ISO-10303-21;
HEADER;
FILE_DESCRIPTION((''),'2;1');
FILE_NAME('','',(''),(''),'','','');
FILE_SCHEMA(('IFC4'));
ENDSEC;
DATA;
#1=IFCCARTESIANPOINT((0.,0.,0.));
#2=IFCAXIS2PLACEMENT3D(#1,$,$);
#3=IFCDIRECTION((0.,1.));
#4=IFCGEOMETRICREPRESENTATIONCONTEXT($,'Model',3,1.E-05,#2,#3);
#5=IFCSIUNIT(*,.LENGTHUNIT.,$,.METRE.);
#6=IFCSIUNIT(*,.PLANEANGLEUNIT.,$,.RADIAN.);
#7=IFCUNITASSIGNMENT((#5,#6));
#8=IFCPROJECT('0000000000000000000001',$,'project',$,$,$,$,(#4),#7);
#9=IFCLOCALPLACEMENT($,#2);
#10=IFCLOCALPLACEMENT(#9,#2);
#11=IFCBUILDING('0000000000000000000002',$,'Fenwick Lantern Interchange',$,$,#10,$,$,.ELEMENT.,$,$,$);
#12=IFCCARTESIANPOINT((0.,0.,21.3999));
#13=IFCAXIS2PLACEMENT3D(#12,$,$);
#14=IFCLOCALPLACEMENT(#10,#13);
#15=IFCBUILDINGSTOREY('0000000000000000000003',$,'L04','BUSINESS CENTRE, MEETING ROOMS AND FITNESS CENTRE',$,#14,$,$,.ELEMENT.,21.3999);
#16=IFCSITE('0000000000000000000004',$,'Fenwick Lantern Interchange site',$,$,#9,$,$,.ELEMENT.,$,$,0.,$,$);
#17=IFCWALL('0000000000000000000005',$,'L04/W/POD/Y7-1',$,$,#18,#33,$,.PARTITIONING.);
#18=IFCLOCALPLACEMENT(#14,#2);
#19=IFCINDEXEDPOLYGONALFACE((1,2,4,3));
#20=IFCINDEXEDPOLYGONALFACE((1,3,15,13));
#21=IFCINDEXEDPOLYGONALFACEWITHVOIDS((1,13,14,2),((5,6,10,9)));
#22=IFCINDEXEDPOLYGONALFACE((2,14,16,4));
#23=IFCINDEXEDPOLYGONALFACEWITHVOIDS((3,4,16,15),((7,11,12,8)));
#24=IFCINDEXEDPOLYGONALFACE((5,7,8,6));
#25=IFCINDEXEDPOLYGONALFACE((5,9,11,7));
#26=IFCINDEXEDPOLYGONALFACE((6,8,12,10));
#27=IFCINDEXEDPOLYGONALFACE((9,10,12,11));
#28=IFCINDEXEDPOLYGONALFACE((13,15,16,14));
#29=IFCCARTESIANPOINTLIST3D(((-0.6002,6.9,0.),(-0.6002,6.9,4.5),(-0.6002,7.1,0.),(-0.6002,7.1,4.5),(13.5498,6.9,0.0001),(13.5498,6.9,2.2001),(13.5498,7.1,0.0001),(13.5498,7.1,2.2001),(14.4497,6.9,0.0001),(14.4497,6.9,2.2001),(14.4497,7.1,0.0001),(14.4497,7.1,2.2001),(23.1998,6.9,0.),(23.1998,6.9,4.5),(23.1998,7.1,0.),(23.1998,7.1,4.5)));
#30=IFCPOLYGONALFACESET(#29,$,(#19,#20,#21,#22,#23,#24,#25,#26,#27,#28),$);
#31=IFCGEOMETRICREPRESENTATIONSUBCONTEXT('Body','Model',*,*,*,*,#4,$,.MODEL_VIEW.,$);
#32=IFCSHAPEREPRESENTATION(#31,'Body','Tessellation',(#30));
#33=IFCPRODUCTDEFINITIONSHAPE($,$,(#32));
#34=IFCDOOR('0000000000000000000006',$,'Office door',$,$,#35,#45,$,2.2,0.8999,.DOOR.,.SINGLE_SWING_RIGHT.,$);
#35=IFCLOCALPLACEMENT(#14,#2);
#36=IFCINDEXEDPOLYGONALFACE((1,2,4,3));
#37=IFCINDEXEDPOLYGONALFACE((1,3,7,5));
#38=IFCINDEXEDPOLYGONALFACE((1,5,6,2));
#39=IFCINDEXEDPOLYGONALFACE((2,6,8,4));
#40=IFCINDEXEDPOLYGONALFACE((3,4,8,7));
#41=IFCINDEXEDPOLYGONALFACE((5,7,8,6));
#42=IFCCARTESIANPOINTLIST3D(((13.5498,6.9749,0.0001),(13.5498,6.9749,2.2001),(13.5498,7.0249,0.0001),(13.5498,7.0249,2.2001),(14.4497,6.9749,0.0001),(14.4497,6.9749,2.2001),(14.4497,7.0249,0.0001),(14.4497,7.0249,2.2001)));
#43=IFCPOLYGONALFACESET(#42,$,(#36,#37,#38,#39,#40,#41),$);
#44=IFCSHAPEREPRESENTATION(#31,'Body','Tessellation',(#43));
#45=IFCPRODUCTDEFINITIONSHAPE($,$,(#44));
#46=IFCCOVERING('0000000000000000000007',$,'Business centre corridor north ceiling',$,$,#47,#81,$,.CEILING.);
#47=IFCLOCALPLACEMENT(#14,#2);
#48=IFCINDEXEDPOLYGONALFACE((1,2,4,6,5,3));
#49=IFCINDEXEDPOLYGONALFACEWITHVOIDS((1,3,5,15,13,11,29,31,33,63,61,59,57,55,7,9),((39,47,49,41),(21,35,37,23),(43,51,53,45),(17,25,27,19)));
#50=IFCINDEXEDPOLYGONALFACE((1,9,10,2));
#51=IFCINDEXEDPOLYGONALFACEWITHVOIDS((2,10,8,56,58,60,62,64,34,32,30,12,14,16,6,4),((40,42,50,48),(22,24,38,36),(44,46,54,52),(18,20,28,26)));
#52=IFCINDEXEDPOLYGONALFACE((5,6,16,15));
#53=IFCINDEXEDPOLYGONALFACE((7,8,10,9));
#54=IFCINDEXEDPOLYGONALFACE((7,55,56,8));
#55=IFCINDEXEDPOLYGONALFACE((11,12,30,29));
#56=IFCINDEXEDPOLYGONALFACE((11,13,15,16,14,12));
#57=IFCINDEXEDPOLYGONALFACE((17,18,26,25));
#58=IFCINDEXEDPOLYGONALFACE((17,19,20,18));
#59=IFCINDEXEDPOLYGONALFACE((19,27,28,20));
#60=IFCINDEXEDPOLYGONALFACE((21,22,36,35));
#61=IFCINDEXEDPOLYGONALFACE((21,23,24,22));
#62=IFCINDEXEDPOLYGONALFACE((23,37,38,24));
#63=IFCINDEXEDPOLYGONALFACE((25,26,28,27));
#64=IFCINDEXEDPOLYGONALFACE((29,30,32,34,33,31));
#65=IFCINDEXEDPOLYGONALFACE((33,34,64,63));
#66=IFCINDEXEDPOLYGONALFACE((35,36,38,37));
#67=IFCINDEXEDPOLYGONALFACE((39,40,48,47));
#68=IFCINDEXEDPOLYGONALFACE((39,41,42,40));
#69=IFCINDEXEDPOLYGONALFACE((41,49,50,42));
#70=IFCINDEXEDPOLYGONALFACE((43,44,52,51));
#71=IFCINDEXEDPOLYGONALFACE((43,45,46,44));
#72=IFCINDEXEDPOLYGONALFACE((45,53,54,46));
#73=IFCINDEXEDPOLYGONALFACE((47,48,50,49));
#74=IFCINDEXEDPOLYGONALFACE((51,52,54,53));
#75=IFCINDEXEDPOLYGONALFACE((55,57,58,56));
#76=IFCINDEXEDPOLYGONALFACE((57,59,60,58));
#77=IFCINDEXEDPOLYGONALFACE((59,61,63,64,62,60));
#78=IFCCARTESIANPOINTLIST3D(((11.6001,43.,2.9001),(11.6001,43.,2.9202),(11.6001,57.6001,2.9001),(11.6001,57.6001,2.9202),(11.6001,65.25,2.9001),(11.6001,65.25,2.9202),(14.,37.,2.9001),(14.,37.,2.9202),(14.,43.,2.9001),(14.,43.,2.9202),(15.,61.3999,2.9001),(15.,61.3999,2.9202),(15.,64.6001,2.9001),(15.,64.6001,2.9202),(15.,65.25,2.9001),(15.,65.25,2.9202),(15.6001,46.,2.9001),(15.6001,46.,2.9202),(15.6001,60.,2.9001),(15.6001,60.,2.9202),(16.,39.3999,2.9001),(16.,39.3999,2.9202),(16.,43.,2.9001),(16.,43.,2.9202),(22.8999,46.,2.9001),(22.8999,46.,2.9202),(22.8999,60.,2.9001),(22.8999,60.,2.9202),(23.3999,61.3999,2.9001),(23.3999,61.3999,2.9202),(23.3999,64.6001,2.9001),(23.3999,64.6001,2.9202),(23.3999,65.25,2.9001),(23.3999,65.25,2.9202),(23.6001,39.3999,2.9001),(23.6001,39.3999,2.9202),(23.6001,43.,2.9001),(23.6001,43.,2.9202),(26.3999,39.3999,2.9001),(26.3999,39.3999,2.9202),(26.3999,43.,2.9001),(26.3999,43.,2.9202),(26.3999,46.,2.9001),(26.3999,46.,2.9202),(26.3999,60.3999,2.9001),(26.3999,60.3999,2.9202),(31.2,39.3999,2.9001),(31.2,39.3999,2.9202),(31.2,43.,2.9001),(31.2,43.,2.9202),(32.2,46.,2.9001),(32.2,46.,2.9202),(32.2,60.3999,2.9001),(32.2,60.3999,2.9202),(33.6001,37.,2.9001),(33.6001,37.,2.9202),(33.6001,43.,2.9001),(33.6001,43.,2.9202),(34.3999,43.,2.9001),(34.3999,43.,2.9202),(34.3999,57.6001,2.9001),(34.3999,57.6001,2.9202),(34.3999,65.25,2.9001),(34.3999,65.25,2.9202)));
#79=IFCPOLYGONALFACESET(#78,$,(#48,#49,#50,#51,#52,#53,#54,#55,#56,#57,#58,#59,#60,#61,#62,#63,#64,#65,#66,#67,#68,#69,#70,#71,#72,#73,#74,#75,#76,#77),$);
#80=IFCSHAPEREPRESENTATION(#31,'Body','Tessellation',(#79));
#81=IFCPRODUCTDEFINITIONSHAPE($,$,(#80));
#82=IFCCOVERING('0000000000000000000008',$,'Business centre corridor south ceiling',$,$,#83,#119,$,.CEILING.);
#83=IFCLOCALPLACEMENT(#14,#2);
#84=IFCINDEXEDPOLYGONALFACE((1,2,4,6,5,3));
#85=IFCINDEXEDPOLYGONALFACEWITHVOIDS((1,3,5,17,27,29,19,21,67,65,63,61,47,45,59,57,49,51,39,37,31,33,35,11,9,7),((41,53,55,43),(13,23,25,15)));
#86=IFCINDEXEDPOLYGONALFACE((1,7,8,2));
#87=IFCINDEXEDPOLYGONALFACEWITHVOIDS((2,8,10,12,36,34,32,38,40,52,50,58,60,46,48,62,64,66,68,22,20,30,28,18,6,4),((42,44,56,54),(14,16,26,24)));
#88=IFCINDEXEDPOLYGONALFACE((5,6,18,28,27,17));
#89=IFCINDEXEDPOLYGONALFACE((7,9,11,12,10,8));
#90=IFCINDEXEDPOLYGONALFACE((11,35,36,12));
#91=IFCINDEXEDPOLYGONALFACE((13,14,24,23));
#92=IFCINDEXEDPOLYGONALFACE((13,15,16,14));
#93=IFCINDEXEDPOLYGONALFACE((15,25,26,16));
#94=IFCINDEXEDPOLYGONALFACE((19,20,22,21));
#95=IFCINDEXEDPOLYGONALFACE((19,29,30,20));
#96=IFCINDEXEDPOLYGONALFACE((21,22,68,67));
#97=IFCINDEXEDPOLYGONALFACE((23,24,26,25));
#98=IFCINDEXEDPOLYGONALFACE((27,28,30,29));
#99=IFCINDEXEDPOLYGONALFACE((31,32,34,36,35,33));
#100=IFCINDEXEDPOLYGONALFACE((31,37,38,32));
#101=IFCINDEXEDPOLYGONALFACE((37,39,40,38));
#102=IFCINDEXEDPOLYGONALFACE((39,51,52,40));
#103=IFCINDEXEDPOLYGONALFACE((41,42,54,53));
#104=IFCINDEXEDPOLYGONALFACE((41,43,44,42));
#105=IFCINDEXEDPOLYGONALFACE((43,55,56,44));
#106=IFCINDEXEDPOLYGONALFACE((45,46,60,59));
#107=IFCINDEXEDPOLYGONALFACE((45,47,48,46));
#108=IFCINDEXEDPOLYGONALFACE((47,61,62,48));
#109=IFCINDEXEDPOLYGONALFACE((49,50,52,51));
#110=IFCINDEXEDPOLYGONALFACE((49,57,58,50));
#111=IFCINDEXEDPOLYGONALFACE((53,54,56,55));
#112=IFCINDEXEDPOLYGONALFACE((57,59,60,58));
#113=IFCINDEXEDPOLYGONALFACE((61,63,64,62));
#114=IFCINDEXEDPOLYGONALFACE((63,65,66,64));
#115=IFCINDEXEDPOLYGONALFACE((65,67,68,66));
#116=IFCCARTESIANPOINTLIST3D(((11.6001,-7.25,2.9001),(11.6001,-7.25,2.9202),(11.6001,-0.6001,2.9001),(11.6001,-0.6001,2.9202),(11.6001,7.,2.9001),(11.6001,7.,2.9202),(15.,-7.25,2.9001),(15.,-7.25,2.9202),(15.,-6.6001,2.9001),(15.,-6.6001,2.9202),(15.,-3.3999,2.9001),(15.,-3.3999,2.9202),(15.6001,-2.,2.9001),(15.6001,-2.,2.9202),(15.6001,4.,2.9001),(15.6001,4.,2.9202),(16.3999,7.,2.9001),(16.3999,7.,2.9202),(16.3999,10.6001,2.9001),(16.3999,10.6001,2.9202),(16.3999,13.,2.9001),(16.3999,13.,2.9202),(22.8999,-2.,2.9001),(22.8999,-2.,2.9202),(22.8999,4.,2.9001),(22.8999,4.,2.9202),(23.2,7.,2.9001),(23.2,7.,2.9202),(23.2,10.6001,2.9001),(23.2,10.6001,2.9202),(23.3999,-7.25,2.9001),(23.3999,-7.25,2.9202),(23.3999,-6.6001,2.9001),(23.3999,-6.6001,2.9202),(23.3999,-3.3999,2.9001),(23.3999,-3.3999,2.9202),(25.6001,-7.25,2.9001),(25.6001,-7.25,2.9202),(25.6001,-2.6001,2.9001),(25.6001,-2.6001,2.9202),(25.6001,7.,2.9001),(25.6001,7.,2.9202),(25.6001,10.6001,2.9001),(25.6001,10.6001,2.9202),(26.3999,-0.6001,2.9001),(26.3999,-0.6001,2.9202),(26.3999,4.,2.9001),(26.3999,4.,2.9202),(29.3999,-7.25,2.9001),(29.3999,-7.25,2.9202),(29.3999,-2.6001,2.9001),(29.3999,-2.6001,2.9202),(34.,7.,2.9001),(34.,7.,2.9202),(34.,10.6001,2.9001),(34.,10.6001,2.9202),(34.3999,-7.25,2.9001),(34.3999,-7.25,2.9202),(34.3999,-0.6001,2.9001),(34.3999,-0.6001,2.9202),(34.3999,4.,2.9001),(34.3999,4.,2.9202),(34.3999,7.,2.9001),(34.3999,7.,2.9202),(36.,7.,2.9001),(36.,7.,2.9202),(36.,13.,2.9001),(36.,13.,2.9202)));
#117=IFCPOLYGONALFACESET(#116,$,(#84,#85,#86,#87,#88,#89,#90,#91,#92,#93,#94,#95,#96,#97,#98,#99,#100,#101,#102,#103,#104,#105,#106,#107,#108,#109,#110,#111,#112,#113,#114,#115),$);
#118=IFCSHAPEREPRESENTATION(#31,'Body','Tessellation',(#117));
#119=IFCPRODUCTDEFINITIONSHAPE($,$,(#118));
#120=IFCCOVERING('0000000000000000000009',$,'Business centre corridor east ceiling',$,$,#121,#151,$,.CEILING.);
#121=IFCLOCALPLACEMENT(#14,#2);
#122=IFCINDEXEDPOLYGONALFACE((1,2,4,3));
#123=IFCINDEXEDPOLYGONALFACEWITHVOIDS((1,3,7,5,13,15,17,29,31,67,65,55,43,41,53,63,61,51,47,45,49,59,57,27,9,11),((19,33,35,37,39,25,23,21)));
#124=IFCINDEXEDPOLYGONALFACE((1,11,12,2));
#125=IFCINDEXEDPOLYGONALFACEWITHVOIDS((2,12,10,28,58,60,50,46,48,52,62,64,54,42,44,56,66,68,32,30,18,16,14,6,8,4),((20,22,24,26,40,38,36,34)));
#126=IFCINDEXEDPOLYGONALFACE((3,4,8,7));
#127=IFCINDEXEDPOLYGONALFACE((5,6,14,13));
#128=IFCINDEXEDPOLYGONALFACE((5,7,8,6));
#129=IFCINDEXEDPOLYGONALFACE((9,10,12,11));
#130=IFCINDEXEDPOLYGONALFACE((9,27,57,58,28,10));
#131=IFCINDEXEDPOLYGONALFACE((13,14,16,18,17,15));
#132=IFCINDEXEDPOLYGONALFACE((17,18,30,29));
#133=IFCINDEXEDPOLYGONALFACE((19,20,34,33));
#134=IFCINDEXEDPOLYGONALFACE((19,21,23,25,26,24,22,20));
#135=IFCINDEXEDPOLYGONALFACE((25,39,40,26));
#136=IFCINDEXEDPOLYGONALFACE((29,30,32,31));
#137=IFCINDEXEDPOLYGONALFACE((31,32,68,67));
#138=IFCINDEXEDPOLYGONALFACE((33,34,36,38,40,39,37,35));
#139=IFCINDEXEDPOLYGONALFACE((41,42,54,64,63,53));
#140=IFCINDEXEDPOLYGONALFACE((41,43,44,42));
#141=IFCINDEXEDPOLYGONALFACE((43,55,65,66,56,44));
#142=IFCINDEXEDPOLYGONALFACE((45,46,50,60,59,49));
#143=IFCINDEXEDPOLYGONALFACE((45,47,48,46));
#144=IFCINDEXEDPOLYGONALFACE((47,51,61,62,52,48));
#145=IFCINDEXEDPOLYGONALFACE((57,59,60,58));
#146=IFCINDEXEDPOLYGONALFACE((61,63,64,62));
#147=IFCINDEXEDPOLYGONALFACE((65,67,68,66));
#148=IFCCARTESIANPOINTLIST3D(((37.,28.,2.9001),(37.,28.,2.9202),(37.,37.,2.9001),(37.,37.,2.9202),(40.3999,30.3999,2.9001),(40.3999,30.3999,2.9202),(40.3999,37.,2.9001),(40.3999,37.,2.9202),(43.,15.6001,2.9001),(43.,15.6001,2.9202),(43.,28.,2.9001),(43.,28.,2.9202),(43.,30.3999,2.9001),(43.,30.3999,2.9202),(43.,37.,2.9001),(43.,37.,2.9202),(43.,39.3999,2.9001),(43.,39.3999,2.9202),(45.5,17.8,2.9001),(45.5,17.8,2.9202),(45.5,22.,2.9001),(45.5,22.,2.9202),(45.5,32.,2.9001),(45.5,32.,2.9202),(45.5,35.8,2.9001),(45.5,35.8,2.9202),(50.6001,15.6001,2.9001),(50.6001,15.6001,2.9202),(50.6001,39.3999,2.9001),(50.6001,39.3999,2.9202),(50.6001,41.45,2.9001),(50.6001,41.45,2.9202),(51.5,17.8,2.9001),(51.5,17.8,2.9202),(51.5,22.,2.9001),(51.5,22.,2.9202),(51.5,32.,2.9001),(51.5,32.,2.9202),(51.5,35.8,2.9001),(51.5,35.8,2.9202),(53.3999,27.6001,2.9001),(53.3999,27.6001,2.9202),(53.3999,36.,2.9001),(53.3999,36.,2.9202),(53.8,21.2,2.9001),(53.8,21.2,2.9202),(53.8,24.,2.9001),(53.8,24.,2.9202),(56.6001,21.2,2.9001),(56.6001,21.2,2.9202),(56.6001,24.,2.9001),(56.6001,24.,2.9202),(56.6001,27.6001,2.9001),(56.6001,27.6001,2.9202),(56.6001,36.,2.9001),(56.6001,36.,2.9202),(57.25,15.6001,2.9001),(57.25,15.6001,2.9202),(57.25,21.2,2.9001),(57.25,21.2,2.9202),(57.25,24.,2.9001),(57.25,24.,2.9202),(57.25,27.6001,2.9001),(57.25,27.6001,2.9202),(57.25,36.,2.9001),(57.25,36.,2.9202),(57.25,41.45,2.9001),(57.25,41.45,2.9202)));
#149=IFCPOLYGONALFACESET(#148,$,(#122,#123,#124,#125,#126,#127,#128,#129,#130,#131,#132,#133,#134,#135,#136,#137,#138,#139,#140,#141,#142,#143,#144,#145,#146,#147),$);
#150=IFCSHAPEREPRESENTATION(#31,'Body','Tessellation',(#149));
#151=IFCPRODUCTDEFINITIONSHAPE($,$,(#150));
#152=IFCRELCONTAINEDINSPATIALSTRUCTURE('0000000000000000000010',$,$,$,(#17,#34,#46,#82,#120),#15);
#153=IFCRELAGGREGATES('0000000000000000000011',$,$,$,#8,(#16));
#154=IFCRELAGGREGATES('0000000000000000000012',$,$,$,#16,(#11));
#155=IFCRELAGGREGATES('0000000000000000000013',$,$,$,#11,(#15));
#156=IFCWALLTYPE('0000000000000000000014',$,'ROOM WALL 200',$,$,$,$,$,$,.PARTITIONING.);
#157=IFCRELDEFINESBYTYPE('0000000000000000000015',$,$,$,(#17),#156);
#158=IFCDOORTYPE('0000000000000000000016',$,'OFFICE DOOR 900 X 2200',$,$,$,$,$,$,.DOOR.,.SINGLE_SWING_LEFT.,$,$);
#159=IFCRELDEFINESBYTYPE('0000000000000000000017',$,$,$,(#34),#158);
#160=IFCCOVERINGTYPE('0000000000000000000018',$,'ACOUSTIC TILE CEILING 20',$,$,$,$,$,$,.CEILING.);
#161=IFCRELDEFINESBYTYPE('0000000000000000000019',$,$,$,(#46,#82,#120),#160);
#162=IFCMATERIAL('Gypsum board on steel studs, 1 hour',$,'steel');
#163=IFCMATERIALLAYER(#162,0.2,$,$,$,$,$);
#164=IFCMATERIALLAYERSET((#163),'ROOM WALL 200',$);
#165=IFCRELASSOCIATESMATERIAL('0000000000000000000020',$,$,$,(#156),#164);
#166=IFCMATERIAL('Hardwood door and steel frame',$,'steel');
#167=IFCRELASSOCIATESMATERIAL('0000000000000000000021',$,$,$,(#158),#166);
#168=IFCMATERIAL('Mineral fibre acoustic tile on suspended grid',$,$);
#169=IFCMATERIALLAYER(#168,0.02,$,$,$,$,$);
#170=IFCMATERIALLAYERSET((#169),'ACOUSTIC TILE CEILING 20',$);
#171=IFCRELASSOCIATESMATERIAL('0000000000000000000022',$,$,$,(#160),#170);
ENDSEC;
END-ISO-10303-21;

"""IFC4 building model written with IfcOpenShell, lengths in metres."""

from ifc_helpers import new_model, si_unit, direction, frame, frame_2d, origin, place, context, subcontext, project, spatial, polyline, rectangle, outline, extrude, material, layer, layer_set, type_object, element, fill, save


model = new_model("IFC4")

# Units and contexts
model_context = context("Model", 3, precision=1e-05, world=origin(), true_north=direction((0.0, 1.0)))
body_context = subcontext(model_context, "Body", "Model", "MODEL_VIEW")
ifc_project = project(units=[si_unit("LENGTHUNIT", "METRE"), si_unit("PLANEANGLEUNIT", "RADIAN")], contexts=[model_context])

# Site, building, storey
site_placement = place(None, origin())
site = spatial("IfcSite", under=ifc_project, at=site_placement, Name="Fenwick Lantern Interchange site", CompositionType="ELEMENT", RefElevation=0.0)
building_placement = place(site_placement, origin())
building = spatial("IfcBuilding", under=site, at=building_placement, Name="Fenwick Lantern Interchange", CompositionType="ELEMENT")
storey_placement = place(building_placement, frame((0.0, 0.0, 21.3999)))
storey = spatial("IfcBuildingStorey", under=building, at=storey_placement, Name="L04", Description="BUSINESS CENTRE, MEETING ROOMS AND FITNESS CENTRE", CompositionType="ELEMENT", Elevation=21.3999)

# Wall, opening, door
ifc_material_1 = material(Name="Gypsum board on steel studs, 1 hour", Category="steel")
ifc_layer_1 = layer(ifc_material_1, 0.2)
ifc_layer_set_1 = layer_set([ifc_layer_1], Name="ROOM WALL 200")
wall_type_1 = type_object("IfcWallType", Name="ROOM WALL 200", PredefinedType="PARTITIONING", material=ifc_layer_set_1)
wall_1_placement = place(storey_placement, frame((-0.6001, 7.0, 0.0), z_axis=(0.0, 0.0, 1.0), x_axis=(1.0, 0.0, 0.0)))
wall_1 = element("IfcWall", 1, at=wall_1_placement, inside=storey, type_object=wall_type_1, Name="L04/W/POD/Y7-1", PredefinedType="PARTITIONING", context=body_context, shape_type="SweptSolid", body=[
    extrude(rectangle(XDim=23.8, YDim=0.2, at=frame_2d((11.8999, 0.0))), origin(), (0.0, 0.0, 1.0), 4.5),
])
opening_placement = place(wall_1_placement, frame((14.1499, 0.0, 0.0)))
opening = element("IfcOpeningElement", 2, at=opening_placement, cuts=wall_1, PredefinedType="OPENING", context=body_context, shape_type="SweptSolid", body=[
    extrude(rectangle(XDim=0.8999, YDim=2.2, at=frame_2d((0.45, 1.1001))), frame((0.0, 0.1099, 0.0), z_axis=(0.0, -1.0, 0.0), x_axis=(1.0, 0.0, 0.0)), (0.0, 0.0, 1.0), 0.22),
])
ifc_material_2 = material(Name="Hardwood door and steel frame", Category="steel")
door_type = type_object("IfcDoorType", Name="OFFICE DOOR 900 X 2200", OperationType="SINGLE_SWING_LEFT", PredefinedType="DOOR", material=ifc_material_2)
door_placement = place(opening_placement, origin())
door = element("IfcDoor", 3, at=door_placement, inside=storey, type_object=door_type, Name="Office door", OperationType="SINGLE_SWING_RIGHT", OverallHeight=2.2, OverallWidth=0.8999, PredefinedType="DOOR", context=body_context, shape_type="SweptSolid", body=[
    extrude(rectangle(XDim=0.8999, YDim=2.2, at=frame_2d((0.45, 1.1001))), frame((0.0, 0.0249, 0.0), z_axis=(0.0, -1.0, 0.0), x_axis=(1.0, 0.0, 0.0)), (0.0, 0.0, 1.0), 0.05),
])
fill(opening, door)

# Coverings
ifc_material_3 = material(Name="Mineral fibre acoustic tile on suspended grid")
ifc_layer_2 = layer(ifc_material_3, 0.02)
ifc_layer_set_2 = layer_set([ifc_layer_2], Name="ACOUSTIC TILE CEILING 20")
covering_type = type_object("IfcCoveringType", Name="ACOUSTIC TILE CEILING 20", PredefinedType="CEILING", material=ifc_layer_set_2)
covering_1_placement = place(storey_placement, frame((0.0, 0.0, 2.9001)))
element("IfcCovering", 4, at=covering_1_placement, inside=storey, type_object=covering_type, Name="Business centre corridor north ceiling", PredefinedType="CEILING", context=body_context, shape_type="SweptSolid", body=[
    extrude(outline(polyline([(34.3999, 57.6001), (34.3999, 65.25), (23.3999, 65.25), (23.3999, 64.6001), (23.3999, 61.3999), (15.0, 61.3999), (15.0, 64.6001), (15.0, 65.25), (11.6001, 65.25), (11.6001, 57.6001), (11.6001, 43.0), (14.0, 43.0), (14.0, 37.0), (33.6001, 37.0), (33.6001, 43.0), (34.3999, 43.0), (34.3999, 57.6001)]), holes=[polyline([(23.6001, 39.3999), (16.0, 39.3999), (16.0, 43.0), (23.6001, 43.0), (23.6001, 39.3999)]), polyline([(26.3999, 39.3999), (26.3999, 43.0), (31.2, 43.0), (31.2, 39.3999), (26.3999, 39.3999)]), polyline([(22.8999, 46.0), (15.6001, 46.0), (15.6001, 60.0), (22.8999, 60.0), (22.8999, 46.0)]), polyline([(26.3999, 46.0), (26.3999, 60.3999), (32.2, 60.3999), (32.2, 46.0), (26.3999, 46.0)])]), origin(), (0.0, 0.0, 1.0), 0.02),
])
covering_2_placement = place(storey_placement, frame((0.0, 0.0, 2.9001)))
element("IfcCovering", 5, at=covering_2_placement, inside=storey, type_object=covering_type, Name="Business centre corridor south ceiling", PredefinedType="CEILING", context=body_context, shape_type="SweptSolid", body=[
    extrude(outline(polyline([(11.6001, -0.6001), (11.6001, -7.25), (15.0, -7.25), (15.0, -6.6001), (15.0, -3.3999), (23.3999, -3.3999), (23.3999, -6.6001), (23.3999, -7.25), (25.6001, -7.25), (25.6001, -2.6001), (29.3999, -2.6001), (29.3999, -7.25), (34.3999, -7.25), (34.3999, -0.6001), (26.3999, -0.6001), (26.3999, 4.0), (34.3999, 4.0), (34.3999, 7.0), (36.0, 7.0), (36.0, 13.0), (16.3999, 13.0), (16.3999, 10.6001), (23.2, 10.6001), (23.2, 7.0), (16.3999, 7.0), (11.6001, 7.0), (11.6001, -0.6001)]), holes=[polyline([(15.6001, -2.0), (15.6001, 4.0), (22.8999, 4.0), (22.8999, -2.0), (15.6001, -2.0)]), polyline([(25.6001, 7.0), (25.6001, 10.6001), (34.0, 10.6001), (34.0, 7.0), (25.6001, 7.0)])]), origin(), (0.0, 0.0, 1.0), 0.02),
])
covering_3_placement = place(storey_placement, frame((0.0, 0.0, 2.9001)))
element("IfcCovering", 6, at=covering_3_placement, inside=storey, type_object=covering_type, Name="Business centre corridor east ceiling", PredefinedType="CEILING", context=body_context, shape_type="SweptSolid", body=[
    extrude(outline(polyline([(50.6001, 15.6001), (57.25, 15.6001), (57.25, 21.2), (56.6001, 21.2), (53.8, 21.2), (53.8, 24.0), (56.6001, 24.0), (57.25, 24.0), (57.25, 27.6001), (56.6001, 27.6001), (53.3999, 27.6001), (53.3999, 36.0), (56.6001, 36.0), (57.25, 36.0), (57.25, 41.45), (50.6001, 41.45), (50.6001, 39.3999), (43.0, 39.3999), (43.0, 37.0), (43.0, 30.3999), (40.3999, 30.3999), (40.3999, 37.0), (37.0, 37.0), (37.0, 28.0), (43.0, 28.0), (43.0, 15.6001), (50.6001, 15.6001)]), holes=[polyline([(45.5, 17.8), (45.5, 22.0), (45.5, 32.0), (45.5, 35.8), (51.5, 35.8), (51.5, 32.0), (51.5, 22.0), (51.5, 17.8), (45.5, 17.8)])]), origin(), (0.0, 0.0, 1.0), 0.02),
])

save(model, "model.ifc")
